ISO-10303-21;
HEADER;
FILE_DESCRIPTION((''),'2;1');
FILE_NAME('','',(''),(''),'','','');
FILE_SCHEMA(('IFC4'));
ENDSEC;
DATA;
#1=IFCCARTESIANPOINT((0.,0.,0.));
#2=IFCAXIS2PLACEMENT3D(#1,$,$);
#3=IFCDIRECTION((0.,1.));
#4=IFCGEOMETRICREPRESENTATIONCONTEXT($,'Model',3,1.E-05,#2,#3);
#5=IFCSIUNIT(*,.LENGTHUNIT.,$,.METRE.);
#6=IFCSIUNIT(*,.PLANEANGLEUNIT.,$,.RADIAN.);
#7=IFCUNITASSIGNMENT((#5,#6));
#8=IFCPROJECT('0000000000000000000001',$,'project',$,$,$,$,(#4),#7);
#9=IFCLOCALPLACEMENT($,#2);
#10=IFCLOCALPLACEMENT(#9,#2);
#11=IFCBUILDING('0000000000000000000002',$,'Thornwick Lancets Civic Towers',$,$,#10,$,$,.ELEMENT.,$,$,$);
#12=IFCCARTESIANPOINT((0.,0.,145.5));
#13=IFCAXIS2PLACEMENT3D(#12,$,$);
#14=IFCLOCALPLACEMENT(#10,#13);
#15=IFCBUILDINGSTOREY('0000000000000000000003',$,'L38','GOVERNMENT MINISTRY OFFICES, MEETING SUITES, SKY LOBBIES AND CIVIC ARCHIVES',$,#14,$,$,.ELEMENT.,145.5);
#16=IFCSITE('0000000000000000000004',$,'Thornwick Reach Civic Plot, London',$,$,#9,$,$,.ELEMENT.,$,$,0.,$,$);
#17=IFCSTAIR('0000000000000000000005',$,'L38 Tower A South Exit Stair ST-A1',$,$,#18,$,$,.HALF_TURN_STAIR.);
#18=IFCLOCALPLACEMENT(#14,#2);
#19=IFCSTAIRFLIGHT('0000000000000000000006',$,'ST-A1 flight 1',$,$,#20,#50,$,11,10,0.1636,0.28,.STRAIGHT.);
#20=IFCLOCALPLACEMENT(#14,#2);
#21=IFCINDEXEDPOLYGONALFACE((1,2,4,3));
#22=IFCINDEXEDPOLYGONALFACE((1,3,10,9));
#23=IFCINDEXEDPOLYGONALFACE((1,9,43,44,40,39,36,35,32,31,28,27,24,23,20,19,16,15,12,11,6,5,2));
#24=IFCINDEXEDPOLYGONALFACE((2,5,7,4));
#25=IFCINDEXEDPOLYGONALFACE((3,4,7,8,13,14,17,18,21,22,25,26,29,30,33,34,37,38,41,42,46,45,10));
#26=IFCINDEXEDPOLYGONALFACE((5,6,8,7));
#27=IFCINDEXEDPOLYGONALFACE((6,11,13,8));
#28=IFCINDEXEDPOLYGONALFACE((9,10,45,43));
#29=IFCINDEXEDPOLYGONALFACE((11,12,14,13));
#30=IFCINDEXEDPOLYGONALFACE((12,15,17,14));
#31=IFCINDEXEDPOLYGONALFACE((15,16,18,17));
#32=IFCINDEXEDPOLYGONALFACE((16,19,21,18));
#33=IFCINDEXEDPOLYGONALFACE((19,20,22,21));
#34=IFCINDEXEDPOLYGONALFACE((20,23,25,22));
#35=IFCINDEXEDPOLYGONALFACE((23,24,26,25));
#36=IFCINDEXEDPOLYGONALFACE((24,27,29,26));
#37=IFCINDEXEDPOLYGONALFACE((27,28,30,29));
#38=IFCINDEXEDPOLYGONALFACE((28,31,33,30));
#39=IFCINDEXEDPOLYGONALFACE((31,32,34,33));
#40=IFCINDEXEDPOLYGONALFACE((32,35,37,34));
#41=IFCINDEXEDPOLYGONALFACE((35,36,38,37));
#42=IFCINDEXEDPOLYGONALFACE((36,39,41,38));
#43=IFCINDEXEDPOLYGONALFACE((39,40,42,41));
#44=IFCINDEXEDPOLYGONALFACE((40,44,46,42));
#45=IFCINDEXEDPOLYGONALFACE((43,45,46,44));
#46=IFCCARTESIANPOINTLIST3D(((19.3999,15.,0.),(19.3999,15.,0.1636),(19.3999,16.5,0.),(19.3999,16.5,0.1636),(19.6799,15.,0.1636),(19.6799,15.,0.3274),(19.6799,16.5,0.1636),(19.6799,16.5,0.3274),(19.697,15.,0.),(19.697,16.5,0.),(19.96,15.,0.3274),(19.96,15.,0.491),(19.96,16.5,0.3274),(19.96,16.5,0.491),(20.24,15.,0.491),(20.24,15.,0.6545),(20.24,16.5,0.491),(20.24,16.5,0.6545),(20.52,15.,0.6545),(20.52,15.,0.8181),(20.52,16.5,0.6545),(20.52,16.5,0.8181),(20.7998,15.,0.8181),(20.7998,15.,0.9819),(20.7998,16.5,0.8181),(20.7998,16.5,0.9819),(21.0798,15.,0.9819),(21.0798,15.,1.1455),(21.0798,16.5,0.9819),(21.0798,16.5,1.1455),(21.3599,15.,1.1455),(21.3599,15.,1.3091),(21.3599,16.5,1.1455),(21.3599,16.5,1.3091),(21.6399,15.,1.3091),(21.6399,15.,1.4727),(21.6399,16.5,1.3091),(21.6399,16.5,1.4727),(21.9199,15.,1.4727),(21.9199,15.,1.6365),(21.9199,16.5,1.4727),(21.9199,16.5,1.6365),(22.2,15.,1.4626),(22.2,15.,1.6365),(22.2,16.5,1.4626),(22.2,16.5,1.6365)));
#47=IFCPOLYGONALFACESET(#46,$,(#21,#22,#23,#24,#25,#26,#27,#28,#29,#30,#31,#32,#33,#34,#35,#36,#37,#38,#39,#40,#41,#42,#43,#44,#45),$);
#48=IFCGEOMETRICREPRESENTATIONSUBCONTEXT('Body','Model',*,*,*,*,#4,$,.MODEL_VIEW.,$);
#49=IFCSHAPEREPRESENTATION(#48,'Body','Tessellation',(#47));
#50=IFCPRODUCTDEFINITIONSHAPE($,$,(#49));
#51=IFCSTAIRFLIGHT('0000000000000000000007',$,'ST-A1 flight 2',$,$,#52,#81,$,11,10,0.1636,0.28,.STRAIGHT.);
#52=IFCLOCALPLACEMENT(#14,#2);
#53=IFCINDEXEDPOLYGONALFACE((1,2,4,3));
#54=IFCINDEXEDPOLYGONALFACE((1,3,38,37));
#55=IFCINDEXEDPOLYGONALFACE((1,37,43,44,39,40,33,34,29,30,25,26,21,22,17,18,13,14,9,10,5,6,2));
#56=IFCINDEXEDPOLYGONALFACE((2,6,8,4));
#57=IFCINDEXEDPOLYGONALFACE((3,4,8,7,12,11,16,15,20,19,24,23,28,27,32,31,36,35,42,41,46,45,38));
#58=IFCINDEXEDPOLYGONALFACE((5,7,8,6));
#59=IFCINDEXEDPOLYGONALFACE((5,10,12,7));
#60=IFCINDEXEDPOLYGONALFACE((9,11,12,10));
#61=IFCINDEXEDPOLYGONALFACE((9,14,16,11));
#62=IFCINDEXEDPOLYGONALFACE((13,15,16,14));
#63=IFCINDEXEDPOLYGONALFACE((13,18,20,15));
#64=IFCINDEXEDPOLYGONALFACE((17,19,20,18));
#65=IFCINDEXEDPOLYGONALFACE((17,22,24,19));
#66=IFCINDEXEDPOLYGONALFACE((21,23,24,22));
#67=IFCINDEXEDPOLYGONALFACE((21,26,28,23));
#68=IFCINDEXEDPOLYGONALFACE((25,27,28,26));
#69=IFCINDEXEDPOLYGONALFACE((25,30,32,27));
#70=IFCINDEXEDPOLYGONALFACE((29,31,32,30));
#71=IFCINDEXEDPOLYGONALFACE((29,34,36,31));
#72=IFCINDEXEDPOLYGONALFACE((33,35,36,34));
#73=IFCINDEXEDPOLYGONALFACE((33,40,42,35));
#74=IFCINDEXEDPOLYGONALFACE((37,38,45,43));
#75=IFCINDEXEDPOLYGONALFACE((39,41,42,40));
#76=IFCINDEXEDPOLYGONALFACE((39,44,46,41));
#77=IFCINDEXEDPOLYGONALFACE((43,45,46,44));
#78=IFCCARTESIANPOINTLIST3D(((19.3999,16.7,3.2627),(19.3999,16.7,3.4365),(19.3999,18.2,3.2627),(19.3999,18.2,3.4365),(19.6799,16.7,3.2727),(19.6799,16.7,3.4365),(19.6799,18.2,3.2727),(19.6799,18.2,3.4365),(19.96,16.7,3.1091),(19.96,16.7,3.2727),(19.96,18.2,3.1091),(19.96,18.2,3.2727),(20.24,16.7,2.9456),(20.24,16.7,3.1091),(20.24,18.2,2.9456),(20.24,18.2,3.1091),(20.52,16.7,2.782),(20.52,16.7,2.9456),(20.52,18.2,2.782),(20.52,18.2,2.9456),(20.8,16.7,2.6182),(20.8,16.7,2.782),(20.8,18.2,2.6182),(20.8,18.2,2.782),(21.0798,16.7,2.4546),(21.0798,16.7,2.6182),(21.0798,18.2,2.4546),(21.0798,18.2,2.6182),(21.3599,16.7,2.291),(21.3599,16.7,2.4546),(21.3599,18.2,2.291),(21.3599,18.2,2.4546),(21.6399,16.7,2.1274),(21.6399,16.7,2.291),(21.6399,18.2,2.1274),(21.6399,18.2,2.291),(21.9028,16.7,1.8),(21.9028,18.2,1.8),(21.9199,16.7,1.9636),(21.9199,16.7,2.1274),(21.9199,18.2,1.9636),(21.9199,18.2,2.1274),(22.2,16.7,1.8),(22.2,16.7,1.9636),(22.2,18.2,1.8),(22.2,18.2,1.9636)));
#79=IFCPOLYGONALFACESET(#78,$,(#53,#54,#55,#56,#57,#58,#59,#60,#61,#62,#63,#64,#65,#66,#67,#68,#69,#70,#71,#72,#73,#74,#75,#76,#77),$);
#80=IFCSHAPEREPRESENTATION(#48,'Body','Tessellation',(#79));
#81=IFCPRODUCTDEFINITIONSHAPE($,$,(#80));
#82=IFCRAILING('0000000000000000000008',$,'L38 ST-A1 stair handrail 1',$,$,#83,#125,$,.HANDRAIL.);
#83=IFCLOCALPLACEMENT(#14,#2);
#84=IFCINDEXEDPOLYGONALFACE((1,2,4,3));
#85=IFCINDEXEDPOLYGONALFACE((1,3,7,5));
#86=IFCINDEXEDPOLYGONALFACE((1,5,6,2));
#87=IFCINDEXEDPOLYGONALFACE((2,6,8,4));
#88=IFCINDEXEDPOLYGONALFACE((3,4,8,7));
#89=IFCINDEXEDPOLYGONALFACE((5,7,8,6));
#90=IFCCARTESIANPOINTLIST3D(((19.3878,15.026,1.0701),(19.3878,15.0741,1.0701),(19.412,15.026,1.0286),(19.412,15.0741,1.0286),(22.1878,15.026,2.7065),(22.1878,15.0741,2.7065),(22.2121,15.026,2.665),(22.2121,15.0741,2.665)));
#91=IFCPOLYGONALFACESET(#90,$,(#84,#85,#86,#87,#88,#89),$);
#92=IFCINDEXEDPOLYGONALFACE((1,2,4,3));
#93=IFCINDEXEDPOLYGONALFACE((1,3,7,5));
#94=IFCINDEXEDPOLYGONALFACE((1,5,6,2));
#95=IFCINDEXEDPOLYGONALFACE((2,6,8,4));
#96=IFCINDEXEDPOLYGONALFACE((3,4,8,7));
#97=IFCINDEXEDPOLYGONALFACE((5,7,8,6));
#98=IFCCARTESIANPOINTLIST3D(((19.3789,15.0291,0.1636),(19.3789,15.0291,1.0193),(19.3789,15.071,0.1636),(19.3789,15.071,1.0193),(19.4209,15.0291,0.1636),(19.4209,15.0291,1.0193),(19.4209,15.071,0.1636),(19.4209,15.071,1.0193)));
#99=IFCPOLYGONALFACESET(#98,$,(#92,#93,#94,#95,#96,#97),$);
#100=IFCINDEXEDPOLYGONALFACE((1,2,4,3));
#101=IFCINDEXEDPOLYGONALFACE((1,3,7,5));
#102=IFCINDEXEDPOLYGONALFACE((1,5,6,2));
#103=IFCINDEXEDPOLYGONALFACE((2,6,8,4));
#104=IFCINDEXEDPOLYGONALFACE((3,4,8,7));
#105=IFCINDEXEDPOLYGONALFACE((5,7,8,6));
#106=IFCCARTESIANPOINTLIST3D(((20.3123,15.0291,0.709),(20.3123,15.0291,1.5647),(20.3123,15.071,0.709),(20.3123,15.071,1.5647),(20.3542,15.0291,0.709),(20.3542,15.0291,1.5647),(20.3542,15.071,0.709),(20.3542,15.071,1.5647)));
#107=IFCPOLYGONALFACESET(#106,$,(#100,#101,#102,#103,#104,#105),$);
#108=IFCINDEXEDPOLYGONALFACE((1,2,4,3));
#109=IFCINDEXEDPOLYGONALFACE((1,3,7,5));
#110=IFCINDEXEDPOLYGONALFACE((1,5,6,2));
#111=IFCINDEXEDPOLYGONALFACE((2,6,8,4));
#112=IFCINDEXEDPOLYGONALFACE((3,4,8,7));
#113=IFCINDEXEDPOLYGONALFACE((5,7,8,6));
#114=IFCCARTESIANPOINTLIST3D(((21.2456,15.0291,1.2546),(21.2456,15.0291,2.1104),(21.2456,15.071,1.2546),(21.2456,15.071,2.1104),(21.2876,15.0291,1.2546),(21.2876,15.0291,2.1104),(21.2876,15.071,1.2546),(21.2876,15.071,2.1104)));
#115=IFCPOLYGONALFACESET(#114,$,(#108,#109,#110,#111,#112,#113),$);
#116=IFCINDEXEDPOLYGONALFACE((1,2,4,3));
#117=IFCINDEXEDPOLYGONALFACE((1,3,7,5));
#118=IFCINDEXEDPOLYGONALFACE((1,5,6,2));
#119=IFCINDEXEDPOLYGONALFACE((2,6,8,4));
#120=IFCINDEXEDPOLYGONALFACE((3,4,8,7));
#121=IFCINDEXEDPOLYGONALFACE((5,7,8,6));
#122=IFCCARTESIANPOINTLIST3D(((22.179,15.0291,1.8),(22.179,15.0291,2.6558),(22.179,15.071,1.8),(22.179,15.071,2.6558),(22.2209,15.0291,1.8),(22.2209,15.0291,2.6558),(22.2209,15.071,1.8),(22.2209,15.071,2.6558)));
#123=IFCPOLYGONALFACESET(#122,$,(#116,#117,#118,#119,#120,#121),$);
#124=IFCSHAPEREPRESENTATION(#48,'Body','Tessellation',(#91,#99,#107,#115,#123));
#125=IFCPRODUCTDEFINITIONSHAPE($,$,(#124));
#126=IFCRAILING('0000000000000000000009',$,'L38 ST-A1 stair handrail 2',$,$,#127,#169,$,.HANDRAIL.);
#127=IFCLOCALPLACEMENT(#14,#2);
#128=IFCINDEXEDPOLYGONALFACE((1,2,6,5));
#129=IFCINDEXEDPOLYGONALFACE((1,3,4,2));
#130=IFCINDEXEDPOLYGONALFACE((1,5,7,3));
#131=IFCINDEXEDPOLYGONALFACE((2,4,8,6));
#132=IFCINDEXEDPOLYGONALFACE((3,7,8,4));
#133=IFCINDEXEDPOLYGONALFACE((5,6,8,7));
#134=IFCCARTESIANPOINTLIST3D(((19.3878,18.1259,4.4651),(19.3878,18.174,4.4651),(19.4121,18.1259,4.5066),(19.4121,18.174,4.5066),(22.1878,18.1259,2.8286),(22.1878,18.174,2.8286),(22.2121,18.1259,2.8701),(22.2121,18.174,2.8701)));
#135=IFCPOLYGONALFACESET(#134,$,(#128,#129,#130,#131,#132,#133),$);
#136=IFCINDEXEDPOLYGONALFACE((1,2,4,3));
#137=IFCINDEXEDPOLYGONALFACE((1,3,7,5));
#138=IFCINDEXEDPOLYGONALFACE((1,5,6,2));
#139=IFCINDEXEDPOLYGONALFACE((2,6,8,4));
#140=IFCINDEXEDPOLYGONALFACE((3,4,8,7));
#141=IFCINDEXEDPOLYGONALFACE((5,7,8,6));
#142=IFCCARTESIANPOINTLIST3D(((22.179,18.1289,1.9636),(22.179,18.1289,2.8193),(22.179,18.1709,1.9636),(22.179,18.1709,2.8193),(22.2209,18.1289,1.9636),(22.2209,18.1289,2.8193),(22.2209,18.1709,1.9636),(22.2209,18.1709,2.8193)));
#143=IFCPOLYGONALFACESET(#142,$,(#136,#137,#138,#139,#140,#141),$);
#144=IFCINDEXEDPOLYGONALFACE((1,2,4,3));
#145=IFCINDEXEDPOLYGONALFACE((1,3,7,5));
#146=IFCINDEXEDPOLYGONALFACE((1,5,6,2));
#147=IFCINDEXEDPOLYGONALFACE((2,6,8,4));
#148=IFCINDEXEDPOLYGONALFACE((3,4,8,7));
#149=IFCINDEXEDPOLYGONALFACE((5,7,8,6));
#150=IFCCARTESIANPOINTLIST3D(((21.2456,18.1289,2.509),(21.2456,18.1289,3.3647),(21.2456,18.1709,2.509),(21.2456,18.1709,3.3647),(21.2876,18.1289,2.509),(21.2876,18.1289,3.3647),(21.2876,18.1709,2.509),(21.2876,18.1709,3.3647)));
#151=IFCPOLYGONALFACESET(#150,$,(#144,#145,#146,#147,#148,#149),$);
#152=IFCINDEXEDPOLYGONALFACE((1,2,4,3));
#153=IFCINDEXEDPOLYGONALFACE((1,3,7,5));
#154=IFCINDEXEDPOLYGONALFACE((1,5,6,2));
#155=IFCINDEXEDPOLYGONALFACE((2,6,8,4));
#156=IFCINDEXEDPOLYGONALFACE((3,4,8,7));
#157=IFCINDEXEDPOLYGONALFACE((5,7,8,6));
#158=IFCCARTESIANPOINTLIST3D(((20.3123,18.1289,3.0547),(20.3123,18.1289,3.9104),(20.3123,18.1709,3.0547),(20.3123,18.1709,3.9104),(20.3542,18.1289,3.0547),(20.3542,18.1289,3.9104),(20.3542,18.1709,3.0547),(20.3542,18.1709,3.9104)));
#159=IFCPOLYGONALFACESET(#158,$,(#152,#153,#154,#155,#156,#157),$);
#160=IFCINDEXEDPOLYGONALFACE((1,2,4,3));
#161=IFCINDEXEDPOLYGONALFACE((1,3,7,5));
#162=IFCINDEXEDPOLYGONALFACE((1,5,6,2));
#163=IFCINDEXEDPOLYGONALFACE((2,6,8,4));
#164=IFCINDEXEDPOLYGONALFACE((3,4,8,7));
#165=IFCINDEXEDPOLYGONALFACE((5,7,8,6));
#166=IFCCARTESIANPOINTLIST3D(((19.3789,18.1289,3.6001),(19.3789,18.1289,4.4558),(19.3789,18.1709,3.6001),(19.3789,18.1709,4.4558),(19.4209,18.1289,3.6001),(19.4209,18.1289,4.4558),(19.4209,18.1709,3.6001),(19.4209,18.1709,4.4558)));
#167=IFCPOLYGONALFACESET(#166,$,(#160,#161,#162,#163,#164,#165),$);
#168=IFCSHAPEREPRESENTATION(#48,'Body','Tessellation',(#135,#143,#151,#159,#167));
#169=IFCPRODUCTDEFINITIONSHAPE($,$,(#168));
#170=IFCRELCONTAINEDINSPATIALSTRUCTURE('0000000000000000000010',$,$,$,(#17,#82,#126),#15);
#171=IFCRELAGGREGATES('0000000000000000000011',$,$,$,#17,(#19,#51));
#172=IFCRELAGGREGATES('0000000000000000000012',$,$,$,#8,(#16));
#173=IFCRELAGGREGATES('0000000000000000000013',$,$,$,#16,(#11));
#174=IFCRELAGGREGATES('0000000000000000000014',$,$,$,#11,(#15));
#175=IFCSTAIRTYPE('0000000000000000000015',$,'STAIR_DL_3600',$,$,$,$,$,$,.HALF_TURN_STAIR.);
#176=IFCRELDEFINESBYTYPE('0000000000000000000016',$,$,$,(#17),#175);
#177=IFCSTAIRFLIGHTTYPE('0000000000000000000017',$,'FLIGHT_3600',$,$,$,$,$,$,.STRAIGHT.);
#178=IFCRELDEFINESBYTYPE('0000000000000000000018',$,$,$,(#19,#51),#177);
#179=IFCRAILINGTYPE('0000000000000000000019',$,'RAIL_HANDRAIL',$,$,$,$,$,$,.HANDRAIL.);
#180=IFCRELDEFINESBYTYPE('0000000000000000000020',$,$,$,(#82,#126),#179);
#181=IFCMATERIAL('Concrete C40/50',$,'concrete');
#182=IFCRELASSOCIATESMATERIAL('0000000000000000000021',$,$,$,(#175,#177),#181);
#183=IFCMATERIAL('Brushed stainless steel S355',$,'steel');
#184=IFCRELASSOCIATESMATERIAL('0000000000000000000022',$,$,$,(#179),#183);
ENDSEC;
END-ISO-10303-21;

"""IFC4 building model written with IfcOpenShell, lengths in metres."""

from ifc_helpers import new_model, si_unit, direction, frame, origin, origin_2d, place, context, subcontext, project, spatial, polyline, rectangle, outline, extrude, material, type_object, element, aggregate, save


model = new_model("IFC4")

# Units and contexts
model_context = context("Model", 3, precision=1e-05, world=origin(), true_north=direction((0.0, 1.0)))
body_context = subcontext(model_context, "Body", "Model", "MODEL_VIEW")
ifc_project = project(units=[si_unit("LENGTHUNIT", "METRE"), si_unit("PLANEANGLEUNIT", "RADIAN")], contexts=[model_context])

# Site, building, storey
site_placement = place(None, origin())
site = spatial("IfcSite", under=ifc_project, at=site_placement, Name="Thornwick Reach Civic Plot, London", CompositionType="ELEMENT", RefElevation=0.0)
building_placement = place(site_placement, origin())
building = spatial("IfcBuilding", under=site, at=building_placement, Name="Thornwick Lancets Civic Towers", CompositionType="ELEMENT")
storey_placement = place(building_placement, frame((0.0, 0.0, 145.5)))
storey = spatial("IfcBuildingStorey", under=building, at=storey_placement, Name="L38", Description="GOVERNMENT MINISTRY OFFICES, MEETING SUITES, SKY LOBBIES AND CIVIC ARCHIVES", CompositionType="ELEMENT", Elevation=145.5)

# Shared definitions
ifc_material_1 = material(Name="Concrete C40/50", Category="concrete")

# Stair, stair flights
stair_type = type_object("IfcStairType", Name="STAIR_DL_3600", PredefinedType="HALF_TURN_STAIR", material=ifc_material_1)
stair_placement = place(storey_placement, origin())
stair = element("IfcStair", 1, at=stair_placement, inside=storey, type_object=stair_type, Name="L38 Tower A South Exit Stair ST-A1", PredefinedType="HALF_TURN_STAIR")
stair_flight_type = type_object("IfcStairFlightType", Name="FLIGHT_3600", PredefinedType="STRAIGHT", material=ifc_material_1)
stair_flight_1_placement = place(storey_placement, frame((19.3999, 15.75, 0.0), z_axis=(0.0, 0.0, 1.0), x_axis=(1.0, 0.0, 0.0)))
stair_flight_1 = element("IfcStairFlight", 2, at=stair_flight_1_placement, type_object=stair_flight_type, Name="ST-A1 flight 1", NumberOfRisers=11, NumberOfTreads=10, PredefinedType="STRAIGHT", RiserHeight=0.1636, TreadLength=0.28, context=body_context, shape_type="SweptSolid", body=[
    extrude(outline(polyline([(0.0, 0.0), (0.0, 0.1636), (0.28, 0.1636), (0.28, 0.3274), (0.5601, 0.3274), (0.5601, 0.491), (0.8401, 0.491), (0.8401, 0.6545), (1.1201, 0.6545), (1.1201, 0.8181), (1.3999, 0.8181), (1.3999, 0.9819), (1.6799, 0.9819), (1.6799, 1.1455), (1.96, 1.1455), (1.96, 1.3091), (2.24, 1.3091), (2.24, 1.4727), (2.52, 1.4727), (2.52, 1.6365), (2.8, 1.6365), (2.8, 1.8), (2.8, 1.4626), (0.2971, 0.0), (0.0, 0.0)])), frame((0.0, 0.75, 0.0), z_axis=(0.0, -1.0, 0.0), x_axis=(1.0, 0.0, 0.0)), (0.0, 0.0, 1.0), 1.5),
])
stair_flight_2_placement = place(storey_placement, frame((22.2, 17.45, 1.8), z_axis=(0.0, 0.0, 1.0), x_axis=(-1.0, 0.0, 0.0)))
stair_flight_2 = element("IfcStairFlight", 3, at=stair_flight_2_placement, type_object=stair_flight_type, Name="ST-A1 flight 2", NumberOfRisers=11, NumberOfTreads=10, PredefinedType="STRAIGHT", RiserHeight=0.1636, TreadLength=0.28, context=body_context, shape_type="SweptSolid", body=[
    extrude(outline(polyline([(0.0, 0.0), (0.0, 0.1636), (0.28, 0.1636), (0.28, 0.3274), (0.5601, 0.3274), (0.5601, 0.491), (0.8401, 0.491), (0.8401, 0.6545), (1.1201, 0.6545), (1.1201, 0.8181), (1.3999, 0.8181), (1.3999, 0.9819), (1.6799, 0.9819), (1.6799, 1.1455), (1.96, 1.1455), (1.96, 1.3091), (2.24, 1.3091), (2.24, 1.4727), (2.52, 1.4727), (2.52, 1.6365), (2.8, 1.6365), (2.8, 1.8), (2.8, 1.4626), (0.2971, 0.0), (0.0, 0.0)])), frame((0.0, 0.75, 0.0), z_axis=(0.0, -1.0, 0.0), x_axis=(1.0, 0.0, 0.0)), (0.0, 0.0, 1.0), 1.5),
])
aggregate(stair, [stair_flight_1, stair_flight_2])

# Railings
ifc_material_2 = material(Name="Brushed stainless steel S355", Category="steel")
railing_type_1 = type_object("IfcRailingType", Name="RAIL_HANDRAIL", PredefinedType="HANDRAIL", material=ifc_material_2)
railing_1_placement = place(storey_placement, frame((19.3999, 15.05, 0.1636)))
element("IfcRailing", 4, at=railing_1_placement, inside=storey, type_object=railing_type_1, Name="L38 ST-A1 stair handrail 1", PredefinedType="HANDRAIL", context=body_context, shape_type="SweptSolid", body=[
    extrude(rectangle(XDim=0.0481, YDim=0.0481, at=origin_2d()), frame((0.0, 0.0, 0.8857), z_axis=(0.863361, 0.0, 0.504587), x_axis=(0.0, 1.0, 0.0)), (0.0, 0.0, 1.0), 3.2432),
    extrude(rectangle(XDim=0.042, YDim=0.042, at=origin_2d()), origin(), (0.0, 0.0, 1.0), 0.8557),
    extrude(rectangle(XDim=0.042, YDim=0.042, at=origin_2d()), frame((0.9333, 0.0, 0.5454)), (0.0, 0.0, 1.0), 0.8557),
    extrude(rectangle(XDim=0.042, YDim=0.042, at=origin_2d()), frame((1.8667, 0.0, 1.0911)), (0.0, 0.0, 1.0), 0.8557),
    extrude(rectangle(XDim=0.042, YDim=0.042, at=origin_2d()), frame((2.8, 0.0, 1.6365)), (0.0, 0.0, 1.0), 0.8557),
])
railing_2_placement = place(storey_placement, frame((22.2, 18.1499, 1.9636)))
element("IfcRailing", 5, at=railing_2_placement, inside=storey, type_object=railing_type_1, Name="L38 ST-A1 stair handrail 2", PredefinedType="HANDRAIL", context=body_context, shape_type="SweptSolid", body=[
    extrude(rectangle(XDim=0.0481, YDim=0.0481, at=origin_2d()), frame((0.0, 0.0, 0.8857), z_axis=(-0.863361, 0.0, 0.504587), x_axis=(0.0, -1.0, 0.0)), (0.0, 0.0, 1.0), 3.2432),
    extrude(rectangle(XDim=0.042, YDim=0.042, at=origin_2d()), origin(), (0.0, 0.0, 1.0), 0.8557),
    extrude(rectangle(XDim=0.042, YDim=0.042, at=origin_2d()), frame((-0.9333, 0.0, 0.5454)), (0.0, 0.0, 1.0), 0.8557),
    extrude(rectangle(XDim=0.042, YDim=0.042, at=origin_2d()), frame((-1.8667, 0.0, 1.0911)), (0.0, 0.0, 1.0), 0.8557),
    extrude(rectangle(XDim=0.042, YDim=0.042, at=origin_2d()), frame((-2.8, 0.0, 1.6365)), (0.0, 0.0, 1.0), 0.8557),
])

save(model, "model.ifc")
